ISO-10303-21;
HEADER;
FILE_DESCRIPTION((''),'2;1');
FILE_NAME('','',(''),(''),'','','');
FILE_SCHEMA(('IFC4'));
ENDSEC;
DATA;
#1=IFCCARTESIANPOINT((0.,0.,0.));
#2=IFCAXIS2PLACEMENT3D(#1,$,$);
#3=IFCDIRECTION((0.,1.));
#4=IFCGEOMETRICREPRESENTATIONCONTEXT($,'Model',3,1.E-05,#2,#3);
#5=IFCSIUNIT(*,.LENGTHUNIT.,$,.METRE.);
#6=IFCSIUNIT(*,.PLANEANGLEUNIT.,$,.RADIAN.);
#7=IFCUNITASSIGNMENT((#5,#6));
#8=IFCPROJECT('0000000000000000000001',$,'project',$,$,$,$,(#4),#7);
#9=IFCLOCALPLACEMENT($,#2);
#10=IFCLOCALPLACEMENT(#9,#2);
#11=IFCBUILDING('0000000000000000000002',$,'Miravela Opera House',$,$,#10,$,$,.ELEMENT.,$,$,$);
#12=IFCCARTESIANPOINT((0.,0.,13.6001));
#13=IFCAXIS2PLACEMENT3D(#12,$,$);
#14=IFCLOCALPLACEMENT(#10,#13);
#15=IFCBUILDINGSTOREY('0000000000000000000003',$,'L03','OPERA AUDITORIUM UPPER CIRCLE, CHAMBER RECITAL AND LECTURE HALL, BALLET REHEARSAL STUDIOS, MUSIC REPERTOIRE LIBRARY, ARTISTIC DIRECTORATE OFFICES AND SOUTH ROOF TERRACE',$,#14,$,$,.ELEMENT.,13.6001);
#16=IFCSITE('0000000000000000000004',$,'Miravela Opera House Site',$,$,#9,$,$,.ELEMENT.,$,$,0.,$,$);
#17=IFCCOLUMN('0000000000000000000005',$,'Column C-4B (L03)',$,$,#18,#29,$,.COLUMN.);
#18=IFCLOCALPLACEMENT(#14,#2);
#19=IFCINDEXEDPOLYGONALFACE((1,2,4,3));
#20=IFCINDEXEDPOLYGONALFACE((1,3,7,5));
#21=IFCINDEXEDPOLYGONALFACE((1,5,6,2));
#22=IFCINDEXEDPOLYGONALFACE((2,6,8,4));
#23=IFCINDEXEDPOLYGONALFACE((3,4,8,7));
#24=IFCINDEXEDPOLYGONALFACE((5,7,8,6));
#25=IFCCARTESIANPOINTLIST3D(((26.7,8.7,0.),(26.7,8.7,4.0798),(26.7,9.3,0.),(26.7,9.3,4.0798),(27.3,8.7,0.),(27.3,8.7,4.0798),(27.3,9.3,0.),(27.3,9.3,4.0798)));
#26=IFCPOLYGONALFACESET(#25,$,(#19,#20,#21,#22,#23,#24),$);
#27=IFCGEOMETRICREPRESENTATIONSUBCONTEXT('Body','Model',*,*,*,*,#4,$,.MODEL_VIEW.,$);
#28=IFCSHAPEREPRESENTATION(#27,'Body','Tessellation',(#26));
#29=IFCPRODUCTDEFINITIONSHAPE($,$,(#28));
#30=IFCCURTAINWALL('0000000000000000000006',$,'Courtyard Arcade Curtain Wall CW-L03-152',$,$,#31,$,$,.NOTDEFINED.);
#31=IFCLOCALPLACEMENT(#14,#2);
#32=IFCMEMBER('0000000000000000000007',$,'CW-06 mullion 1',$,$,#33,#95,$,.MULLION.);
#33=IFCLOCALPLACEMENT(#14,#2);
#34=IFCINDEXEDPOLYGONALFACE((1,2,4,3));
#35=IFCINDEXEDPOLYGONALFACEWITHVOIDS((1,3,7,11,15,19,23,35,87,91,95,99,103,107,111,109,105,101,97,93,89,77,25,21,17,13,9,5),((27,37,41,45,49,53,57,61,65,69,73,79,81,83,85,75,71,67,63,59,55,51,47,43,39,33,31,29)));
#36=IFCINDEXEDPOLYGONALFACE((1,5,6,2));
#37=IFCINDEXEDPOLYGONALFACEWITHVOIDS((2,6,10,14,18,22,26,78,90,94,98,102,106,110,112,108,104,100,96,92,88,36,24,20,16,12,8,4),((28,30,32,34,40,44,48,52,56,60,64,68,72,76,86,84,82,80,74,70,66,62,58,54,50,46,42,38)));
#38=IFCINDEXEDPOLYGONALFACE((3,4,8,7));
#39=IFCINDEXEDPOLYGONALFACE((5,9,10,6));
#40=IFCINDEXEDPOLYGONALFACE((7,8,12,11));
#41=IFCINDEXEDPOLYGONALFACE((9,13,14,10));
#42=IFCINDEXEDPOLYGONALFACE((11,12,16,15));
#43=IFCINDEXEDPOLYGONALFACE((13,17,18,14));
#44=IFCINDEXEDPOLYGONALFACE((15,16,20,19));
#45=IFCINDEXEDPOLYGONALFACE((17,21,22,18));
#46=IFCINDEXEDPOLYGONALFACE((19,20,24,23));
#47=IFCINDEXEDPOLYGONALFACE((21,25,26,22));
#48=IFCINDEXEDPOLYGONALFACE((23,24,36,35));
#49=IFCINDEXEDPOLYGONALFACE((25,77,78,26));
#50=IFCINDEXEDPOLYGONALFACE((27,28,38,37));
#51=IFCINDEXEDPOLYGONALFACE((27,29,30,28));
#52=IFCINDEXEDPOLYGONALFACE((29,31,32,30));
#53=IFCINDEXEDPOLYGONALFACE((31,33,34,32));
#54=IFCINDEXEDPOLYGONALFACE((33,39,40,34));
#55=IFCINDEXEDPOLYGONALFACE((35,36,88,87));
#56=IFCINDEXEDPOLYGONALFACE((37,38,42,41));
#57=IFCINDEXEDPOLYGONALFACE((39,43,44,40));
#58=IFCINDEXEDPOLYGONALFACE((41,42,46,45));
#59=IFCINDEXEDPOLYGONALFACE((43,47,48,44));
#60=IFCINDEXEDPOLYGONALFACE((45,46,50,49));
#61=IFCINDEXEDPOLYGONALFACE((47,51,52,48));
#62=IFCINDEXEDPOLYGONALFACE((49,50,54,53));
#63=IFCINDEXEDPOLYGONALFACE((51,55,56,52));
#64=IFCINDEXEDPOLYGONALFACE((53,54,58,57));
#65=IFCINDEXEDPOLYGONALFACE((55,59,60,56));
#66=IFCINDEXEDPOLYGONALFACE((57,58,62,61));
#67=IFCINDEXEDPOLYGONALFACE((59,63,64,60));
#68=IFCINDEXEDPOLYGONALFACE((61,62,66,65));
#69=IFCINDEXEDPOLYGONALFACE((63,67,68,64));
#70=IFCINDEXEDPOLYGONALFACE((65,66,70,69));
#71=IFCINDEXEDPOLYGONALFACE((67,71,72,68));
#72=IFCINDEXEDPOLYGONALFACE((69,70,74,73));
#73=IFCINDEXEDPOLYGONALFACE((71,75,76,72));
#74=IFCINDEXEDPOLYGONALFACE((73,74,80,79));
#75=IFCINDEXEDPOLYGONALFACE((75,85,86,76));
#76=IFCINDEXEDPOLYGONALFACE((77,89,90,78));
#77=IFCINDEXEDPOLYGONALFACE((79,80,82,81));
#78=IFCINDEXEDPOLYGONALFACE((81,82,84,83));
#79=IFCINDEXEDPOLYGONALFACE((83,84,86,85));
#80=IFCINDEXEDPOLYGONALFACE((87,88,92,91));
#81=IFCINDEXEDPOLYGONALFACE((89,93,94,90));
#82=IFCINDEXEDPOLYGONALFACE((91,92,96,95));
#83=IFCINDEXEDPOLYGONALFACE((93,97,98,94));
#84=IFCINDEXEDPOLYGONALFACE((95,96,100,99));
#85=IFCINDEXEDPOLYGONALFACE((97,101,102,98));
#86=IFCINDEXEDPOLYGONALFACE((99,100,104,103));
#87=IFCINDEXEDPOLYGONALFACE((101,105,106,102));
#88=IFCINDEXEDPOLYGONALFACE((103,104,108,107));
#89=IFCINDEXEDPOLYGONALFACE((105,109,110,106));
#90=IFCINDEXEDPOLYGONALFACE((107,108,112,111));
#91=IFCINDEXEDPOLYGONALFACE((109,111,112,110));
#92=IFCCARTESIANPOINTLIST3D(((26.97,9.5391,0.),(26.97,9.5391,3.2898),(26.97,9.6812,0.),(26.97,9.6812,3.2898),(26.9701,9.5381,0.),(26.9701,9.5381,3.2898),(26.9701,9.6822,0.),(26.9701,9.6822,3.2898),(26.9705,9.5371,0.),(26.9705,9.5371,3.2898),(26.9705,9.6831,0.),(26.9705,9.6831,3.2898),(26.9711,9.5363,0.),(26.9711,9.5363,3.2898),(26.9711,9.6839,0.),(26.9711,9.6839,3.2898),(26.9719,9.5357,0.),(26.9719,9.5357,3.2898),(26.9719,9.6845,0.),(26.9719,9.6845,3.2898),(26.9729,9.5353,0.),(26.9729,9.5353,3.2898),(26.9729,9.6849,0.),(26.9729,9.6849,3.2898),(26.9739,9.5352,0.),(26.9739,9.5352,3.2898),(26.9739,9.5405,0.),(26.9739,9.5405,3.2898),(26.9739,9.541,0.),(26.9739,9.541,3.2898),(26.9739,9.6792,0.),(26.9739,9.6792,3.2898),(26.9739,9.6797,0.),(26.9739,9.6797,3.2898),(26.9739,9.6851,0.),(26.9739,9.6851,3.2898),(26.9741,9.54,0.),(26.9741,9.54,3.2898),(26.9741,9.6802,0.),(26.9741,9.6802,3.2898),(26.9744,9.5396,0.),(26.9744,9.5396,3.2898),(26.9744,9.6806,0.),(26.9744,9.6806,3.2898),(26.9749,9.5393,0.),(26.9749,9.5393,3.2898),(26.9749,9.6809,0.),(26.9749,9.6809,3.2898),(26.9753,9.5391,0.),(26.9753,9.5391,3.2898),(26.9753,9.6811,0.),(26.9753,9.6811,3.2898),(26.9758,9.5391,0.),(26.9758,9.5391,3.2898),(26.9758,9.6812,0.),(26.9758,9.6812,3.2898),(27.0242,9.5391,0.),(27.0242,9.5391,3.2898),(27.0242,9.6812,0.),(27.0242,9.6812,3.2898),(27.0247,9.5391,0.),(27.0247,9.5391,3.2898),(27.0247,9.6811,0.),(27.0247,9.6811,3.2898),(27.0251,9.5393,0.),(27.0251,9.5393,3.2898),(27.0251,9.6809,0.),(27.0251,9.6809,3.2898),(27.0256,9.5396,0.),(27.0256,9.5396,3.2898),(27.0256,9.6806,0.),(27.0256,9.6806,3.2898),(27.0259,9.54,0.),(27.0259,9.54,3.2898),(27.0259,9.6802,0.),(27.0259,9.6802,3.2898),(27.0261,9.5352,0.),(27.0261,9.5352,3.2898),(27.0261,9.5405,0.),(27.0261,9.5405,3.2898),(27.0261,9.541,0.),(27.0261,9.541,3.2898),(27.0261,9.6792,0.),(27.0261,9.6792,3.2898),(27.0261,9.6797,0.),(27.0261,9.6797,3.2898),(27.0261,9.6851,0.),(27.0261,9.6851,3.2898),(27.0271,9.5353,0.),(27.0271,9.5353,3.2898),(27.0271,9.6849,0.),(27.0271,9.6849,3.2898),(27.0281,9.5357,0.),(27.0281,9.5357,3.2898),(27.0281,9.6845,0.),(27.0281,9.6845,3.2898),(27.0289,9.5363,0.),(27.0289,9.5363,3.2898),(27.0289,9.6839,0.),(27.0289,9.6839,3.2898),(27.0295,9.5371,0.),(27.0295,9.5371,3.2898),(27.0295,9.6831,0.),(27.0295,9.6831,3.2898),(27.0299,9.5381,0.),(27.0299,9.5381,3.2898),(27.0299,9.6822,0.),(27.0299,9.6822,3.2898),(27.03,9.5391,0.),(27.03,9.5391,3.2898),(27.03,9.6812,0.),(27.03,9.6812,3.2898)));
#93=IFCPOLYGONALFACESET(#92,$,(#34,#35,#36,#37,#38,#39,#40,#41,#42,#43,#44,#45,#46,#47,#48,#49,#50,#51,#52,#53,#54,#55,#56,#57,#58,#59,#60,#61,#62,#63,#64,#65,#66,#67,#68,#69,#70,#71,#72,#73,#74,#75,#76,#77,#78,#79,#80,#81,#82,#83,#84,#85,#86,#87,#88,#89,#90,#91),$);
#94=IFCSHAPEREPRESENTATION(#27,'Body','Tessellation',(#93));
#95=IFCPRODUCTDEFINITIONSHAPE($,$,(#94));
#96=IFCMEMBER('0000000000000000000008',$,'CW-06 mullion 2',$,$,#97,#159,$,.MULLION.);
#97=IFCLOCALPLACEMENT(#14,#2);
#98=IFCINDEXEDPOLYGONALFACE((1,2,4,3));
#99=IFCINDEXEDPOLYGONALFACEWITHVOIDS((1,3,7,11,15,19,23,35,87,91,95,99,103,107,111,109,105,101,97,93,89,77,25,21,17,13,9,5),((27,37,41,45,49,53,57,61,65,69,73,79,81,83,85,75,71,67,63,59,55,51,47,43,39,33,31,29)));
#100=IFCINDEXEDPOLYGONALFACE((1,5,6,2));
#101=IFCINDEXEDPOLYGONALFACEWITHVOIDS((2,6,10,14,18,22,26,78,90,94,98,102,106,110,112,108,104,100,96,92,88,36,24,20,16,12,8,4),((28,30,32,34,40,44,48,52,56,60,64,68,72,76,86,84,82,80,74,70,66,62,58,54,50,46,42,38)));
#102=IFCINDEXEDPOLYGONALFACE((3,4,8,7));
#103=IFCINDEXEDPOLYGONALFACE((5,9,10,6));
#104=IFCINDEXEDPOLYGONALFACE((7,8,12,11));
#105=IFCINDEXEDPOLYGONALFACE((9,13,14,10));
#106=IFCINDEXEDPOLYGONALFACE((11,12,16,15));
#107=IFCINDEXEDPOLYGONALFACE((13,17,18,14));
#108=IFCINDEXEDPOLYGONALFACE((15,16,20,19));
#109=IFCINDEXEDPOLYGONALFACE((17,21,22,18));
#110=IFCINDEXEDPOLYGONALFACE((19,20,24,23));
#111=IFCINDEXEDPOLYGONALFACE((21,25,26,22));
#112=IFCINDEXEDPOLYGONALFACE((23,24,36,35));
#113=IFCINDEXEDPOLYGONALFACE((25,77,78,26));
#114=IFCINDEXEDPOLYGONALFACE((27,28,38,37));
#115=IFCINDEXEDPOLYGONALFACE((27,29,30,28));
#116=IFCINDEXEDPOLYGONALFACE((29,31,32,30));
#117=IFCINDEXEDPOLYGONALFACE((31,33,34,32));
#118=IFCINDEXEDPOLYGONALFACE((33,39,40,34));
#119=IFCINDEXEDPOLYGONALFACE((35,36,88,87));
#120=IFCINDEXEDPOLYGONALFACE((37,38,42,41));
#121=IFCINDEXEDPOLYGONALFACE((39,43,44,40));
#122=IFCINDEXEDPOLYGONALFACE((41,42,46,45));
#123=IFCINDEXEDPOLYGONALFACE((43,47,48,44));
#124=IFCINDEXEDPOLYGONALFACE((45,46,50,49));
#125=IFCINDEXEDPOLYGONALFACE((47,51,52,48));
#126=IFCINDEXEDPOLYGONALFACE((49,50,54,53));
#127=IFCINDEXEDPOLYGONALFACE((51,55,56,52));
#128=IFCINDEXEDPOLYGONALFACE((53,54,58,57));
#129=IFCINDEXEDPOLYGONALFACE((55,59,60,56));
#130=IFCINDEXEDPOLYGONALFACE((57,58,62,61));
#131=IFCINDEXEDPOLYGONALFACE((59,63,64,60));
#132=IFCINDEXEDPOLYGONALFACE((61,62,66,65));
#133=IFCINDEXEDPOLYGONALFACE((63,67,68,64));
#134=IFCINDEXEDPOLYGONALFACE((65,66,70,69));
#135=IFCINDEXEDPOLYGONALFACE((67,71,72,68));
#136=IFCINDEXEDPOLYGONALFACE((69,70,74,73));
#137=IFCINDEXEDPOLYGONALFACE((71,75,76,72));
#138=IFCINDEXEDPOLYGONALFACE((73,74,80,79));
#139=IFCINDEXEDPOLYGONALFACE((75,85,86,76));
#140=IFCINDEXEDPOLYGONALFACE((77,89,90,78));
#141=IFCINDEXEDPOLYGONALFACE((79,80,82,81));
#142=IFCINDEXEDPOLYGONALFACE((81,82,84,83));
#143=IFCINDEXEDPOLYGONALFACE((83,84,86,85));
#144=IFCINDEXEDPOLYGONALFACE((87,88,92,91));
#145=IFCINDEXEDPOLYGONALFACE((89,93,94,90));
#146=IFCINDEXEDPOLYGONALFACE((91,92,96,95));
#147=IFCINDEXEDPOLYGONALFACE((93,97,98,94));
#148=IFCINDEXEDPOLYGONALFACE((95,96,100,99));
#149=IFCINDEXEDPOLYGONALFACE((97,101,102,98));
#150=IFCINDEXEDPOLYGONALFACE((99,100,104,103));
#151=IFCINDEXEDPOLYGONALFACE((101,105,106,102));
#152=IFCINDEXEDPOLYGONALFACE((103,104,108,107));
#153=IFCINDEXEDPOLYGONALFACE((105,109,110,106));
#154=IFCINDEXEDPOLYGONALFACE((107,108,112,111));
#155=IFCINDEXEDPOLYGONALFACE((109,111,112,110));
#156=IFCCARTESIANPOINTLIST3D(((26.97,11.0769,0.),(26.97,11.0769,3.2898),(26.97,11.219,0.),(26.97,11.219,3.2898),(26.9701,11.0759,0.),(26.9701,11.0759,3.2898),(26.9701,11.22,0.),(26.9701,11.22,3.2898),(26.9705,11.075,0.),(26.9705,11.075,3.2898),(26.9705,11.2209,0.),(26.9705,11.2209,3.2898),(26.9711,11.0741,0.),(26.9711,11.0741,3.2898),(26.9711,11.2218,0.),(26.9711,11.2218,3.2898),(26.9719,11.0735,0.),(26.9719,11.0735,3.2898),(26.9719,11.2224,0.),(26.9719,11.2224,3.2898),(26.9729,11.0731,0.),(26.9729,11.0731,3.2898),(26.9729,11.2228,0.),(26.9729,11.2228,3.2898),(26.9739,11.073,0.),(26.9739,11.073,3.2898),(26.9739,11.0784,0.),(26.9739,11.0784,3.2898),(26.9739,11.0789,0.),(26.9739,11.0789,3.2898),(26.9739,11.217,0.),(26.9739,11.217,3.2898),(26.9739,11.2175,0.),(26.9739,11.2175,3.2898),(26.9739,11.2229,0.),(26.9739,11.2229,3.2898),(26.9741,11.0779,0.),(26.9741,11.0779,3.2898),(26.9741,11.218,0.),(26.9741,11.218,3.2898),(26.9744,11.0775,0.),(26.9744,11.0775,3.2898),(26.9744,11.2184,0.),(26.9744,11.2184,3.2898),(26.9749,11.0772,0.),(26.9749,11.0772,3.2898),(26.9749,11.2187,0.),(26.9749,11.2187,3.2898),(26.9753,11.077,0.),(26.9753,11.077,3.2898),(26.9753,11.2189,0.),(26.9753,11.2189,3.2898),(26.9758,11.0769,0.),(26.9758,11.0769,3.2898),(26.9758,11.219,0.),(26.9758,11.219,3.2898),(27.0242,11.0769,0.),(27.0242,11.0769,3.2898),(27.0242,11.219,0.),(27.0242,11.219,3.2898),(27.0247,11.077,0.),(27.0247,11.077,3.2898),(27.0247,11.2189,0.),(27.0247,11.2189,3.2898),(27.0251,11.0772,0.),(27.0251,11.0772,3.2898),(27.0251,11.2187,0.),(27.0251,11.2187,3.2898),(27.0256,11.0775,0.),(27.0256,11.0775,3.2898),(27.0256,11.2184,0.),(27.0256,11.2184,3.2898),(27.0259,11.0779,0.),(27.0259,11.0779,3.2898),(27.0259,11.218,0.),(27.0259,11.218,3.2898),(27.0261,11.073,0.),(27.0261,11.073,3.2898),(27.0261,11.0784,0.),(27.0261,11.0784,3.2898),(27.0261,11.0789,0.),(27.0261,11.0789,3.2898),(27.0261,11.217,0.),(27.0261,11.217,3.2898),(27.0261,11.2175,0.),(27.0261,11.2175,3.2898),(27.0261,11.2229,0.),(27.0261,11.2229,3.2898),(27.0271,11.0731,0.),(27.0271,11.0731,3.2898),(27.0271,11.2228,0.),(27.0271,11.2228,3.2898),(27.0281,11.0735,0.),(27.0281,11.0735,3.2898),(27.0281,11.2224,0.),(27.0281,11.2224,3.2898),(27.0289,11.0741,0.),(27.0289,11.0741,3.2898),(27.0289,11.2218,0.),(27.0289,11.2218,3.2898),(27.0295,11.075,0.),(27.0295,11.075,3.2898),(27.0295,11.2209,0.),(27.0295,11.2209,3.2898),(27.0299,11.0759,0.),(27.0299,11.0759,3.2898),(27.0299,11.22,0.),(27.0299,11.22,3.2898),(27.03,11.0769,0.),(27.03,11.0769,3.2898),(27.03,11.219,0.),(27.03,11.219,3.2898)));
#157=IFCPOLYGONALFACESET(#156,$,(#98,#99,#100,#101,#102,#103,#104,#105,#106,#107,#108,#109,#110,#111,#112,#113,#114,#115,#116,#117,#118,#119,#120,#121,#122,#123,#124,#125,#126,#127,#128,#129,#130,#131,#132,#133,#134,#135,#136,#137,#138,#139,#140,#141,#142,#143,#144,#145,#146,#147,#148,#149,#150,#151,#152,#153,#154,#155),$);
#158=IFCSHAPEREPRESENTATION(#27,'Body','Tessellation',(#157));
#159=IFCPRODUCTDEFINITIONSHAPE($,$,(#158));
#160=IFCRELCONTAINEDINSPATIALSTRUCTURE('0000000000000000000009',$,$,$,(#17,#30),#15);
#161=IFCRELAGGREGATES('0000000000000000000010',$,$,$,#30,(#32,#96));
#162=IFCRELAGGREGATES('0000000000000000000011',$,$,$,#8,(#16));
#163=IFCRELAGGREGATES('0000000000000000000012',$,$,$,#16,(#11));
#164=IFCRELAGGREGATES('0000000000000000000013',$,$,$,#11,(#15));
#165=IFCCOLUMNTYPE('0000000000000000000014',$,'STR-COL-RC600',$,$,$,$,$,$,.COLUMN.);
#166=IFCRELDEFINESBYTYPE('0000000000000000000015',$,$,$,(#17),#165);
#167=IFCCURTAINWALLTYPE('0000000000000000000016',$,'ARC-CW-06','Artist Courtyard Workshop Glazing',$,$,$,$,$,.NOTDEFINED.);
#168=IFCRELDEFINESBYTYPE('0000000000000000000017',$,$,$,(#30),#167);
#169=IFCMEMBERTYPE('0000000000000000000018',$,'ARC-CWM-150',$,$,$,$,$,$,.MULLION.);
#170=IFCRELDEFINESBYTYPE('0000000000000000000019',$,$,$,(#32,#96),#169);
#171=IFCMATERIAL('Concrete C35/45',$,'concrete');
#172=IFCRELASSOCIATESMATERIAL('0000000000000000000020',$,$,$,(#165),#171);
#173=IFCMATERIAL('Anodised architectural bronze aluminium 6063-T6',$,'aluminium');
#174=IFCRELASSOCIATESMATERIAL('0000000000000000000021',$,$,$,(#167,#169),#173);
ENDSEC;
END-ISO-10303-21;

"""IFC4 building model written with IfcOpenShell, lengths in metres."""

from ifc_helpers import new_model, si_unit, direction, frame, origin, origin_2d, place, context, subcontext, project, spatial, rectangle, hollow_rectangle, extrude, material, material_profile, profile_set, type_object, element, aggregate, save


model = new_model("IFC4")

# Units and contexts
model_context = context("Model", 3, precision=1e-05, world=origin(), true_north=direction((0.0, 1.0)))
body_context = subcontext(model_context, "Body", "Model", "MODEL_VIEW")
ifc_project = project(units=[si_unit("LENGTHUNIT", "METRE"), si_unit("PLANEANGLEUNIT", "RADIAN")], contexts=[model_context])

# Site, building, storey
site_placement = place(None, origin())
site = spatial("IfcSite", under=ifc_project, at=site_placement, Name="Miravela Opera House Site", CompositionType="ELEMENT", RefElevation=0.0)
building_placement = place(site_placement, origin())
building = spatial("IfcBuilding", under=site, at=building_placement, Name="Miravela Opera House", CompositionType="ELEMENT")
storey_placement = place(building_placement, frame((0.0, 0.0, 13.6001)))
storey = spatial("IfcBuildingStorey", under=building, at=storey_placement, Name="L03", Description="OPERA AUDITORIUM UPPER CIRCLE, CHAMBER RECITAL AND LECTURE HALL, BALLET REHEARSAL STUDIOS, MUSIC REPERTOIRE LIBRARY, ARTISTIC DIRECTORATE OFFICES AND SOUTH ROOF TERRACE", CompositionType="ELEMENT", Elevation=13.6001)

# Column
ifc_material_1 = material(Name="Concrete C35/45", Category="concrete")
ifc_material_profile_1 = material_profile(ifc_material_1, rectangle(XDim=0.6001, YDim=0.6001, at=origin_2d()), Name="RC-COL-600X600")
ifc_profile_set_1 = profile_set([ifc_material_profile_1])
column_type = type_object("IfcColumnType", Name="STR-COL-RC600", PredefinedType="COLUMN", material=ifc_profile_set_1)
column_placement = place(storey_placement, frame((27.0, 9.0, 0.0), z_axis=(0.0, 0.0, 1.0), x_axis=(1.0, 0.0, 0.0)))
element("IfcColumn", 1, at=column_placement, inside=storey, type_object=column_type, Name="Column C-4B (L03)", PredefinedType="COLUMN", context=body_context, shape_type="SweptSolid", body=[
    extrude(rectangle(XDim=0.6001, YDim=0.6001, at=origin_2d()), origin(), (0.0, 0.0, 1.0), 4.0798),
])

# Curtain wall, members
ifc_material_2 = material(Name="Anodised architectural bronze aluminium 6063-T6", Category="aluminium")
curtain_wall_type = type_object("IfcCurtainWallType", Name="ARC-CW-06", Description="Artist Courtyard Workshop Glazing", PredefinedType="NOTDEFINED", material=ifc_material_2)
curtain_wall_placement = place(storey_placement, origin())
curtain_wall = element("IfcCurtainWall", 2, at=curtain_wall_placement, inside=storey, type_object=curtain_wall_type, Name="Courtyard Arcade Curtain Wall CW-L03-152", PredefinedType="NOTDEFINED")
ifc_material_profile_2 = material_profile(ifc_material_2, hollow_rectangle(XDim=0.0601, YDim=0.1499, WallThickness=0.0039, InnerFilletRadius=0.002, OuterFilletRadius=0.0039, at=origin_2d()), Name="CWM-60X150")
ifc_profile_set_2 = profile_set([ifc_material_profile_2])
member_type_1 = type_object("IfcMemberType", Name="ARC-CWM-150", PredefinedType="MULLION", material=ifc_profile_set_2)
member_1_placement = place(storey_placement, frame((27.0, 9.6101, 0.0), z_axis=(0.0, 0.0, 1.0), x_axis=(-1.0, 0.0, 0.0)))
member_1 = element("IfcMember", 3, at=member_1_placement, type_object=member_type_1, Name="CW-06 mullion 1", PredefinedType="MULLION", context=body_context, shape_type="SweptSolid", body=[
    extrude(hollow_rectangle(XDim=0.0601, YDim=0.1499, WallThickness=0.0039, InnerFilletRadius=0.002, OuterFilletRadius=0.0039, at=origin_2d()), origin(), (0.0, 0.0, 1.0), 3.2898),
])
member_2_placement = place(storey_placement, frame((27.0, 11.1479, 0.0), z_axis=(0.0, 0.0, 1.0), x_axis=(-1.0, 0.0, 0.0)))
member_2 = element("IfcMember", 4, at=member_2_placement, type_object=member_type_1, Name="CW-06 mullion 2", PredefinedType="MULLION", context=body_context, shape_type="SweptSolid", body=[
    extrude(hollow_rectangle(XDim=0.0601, YDim=0.1499, WallThickness=0.0039, InnerFilletRadius=0.002, OuterFilletRadius=0.0039, at=origin_2d()), origin(), (0.0, 0.0, 1.0), 3.2898),
])

aggregate(curtain_wall, [member_1, member_2])

save(model, "model.ifc")
